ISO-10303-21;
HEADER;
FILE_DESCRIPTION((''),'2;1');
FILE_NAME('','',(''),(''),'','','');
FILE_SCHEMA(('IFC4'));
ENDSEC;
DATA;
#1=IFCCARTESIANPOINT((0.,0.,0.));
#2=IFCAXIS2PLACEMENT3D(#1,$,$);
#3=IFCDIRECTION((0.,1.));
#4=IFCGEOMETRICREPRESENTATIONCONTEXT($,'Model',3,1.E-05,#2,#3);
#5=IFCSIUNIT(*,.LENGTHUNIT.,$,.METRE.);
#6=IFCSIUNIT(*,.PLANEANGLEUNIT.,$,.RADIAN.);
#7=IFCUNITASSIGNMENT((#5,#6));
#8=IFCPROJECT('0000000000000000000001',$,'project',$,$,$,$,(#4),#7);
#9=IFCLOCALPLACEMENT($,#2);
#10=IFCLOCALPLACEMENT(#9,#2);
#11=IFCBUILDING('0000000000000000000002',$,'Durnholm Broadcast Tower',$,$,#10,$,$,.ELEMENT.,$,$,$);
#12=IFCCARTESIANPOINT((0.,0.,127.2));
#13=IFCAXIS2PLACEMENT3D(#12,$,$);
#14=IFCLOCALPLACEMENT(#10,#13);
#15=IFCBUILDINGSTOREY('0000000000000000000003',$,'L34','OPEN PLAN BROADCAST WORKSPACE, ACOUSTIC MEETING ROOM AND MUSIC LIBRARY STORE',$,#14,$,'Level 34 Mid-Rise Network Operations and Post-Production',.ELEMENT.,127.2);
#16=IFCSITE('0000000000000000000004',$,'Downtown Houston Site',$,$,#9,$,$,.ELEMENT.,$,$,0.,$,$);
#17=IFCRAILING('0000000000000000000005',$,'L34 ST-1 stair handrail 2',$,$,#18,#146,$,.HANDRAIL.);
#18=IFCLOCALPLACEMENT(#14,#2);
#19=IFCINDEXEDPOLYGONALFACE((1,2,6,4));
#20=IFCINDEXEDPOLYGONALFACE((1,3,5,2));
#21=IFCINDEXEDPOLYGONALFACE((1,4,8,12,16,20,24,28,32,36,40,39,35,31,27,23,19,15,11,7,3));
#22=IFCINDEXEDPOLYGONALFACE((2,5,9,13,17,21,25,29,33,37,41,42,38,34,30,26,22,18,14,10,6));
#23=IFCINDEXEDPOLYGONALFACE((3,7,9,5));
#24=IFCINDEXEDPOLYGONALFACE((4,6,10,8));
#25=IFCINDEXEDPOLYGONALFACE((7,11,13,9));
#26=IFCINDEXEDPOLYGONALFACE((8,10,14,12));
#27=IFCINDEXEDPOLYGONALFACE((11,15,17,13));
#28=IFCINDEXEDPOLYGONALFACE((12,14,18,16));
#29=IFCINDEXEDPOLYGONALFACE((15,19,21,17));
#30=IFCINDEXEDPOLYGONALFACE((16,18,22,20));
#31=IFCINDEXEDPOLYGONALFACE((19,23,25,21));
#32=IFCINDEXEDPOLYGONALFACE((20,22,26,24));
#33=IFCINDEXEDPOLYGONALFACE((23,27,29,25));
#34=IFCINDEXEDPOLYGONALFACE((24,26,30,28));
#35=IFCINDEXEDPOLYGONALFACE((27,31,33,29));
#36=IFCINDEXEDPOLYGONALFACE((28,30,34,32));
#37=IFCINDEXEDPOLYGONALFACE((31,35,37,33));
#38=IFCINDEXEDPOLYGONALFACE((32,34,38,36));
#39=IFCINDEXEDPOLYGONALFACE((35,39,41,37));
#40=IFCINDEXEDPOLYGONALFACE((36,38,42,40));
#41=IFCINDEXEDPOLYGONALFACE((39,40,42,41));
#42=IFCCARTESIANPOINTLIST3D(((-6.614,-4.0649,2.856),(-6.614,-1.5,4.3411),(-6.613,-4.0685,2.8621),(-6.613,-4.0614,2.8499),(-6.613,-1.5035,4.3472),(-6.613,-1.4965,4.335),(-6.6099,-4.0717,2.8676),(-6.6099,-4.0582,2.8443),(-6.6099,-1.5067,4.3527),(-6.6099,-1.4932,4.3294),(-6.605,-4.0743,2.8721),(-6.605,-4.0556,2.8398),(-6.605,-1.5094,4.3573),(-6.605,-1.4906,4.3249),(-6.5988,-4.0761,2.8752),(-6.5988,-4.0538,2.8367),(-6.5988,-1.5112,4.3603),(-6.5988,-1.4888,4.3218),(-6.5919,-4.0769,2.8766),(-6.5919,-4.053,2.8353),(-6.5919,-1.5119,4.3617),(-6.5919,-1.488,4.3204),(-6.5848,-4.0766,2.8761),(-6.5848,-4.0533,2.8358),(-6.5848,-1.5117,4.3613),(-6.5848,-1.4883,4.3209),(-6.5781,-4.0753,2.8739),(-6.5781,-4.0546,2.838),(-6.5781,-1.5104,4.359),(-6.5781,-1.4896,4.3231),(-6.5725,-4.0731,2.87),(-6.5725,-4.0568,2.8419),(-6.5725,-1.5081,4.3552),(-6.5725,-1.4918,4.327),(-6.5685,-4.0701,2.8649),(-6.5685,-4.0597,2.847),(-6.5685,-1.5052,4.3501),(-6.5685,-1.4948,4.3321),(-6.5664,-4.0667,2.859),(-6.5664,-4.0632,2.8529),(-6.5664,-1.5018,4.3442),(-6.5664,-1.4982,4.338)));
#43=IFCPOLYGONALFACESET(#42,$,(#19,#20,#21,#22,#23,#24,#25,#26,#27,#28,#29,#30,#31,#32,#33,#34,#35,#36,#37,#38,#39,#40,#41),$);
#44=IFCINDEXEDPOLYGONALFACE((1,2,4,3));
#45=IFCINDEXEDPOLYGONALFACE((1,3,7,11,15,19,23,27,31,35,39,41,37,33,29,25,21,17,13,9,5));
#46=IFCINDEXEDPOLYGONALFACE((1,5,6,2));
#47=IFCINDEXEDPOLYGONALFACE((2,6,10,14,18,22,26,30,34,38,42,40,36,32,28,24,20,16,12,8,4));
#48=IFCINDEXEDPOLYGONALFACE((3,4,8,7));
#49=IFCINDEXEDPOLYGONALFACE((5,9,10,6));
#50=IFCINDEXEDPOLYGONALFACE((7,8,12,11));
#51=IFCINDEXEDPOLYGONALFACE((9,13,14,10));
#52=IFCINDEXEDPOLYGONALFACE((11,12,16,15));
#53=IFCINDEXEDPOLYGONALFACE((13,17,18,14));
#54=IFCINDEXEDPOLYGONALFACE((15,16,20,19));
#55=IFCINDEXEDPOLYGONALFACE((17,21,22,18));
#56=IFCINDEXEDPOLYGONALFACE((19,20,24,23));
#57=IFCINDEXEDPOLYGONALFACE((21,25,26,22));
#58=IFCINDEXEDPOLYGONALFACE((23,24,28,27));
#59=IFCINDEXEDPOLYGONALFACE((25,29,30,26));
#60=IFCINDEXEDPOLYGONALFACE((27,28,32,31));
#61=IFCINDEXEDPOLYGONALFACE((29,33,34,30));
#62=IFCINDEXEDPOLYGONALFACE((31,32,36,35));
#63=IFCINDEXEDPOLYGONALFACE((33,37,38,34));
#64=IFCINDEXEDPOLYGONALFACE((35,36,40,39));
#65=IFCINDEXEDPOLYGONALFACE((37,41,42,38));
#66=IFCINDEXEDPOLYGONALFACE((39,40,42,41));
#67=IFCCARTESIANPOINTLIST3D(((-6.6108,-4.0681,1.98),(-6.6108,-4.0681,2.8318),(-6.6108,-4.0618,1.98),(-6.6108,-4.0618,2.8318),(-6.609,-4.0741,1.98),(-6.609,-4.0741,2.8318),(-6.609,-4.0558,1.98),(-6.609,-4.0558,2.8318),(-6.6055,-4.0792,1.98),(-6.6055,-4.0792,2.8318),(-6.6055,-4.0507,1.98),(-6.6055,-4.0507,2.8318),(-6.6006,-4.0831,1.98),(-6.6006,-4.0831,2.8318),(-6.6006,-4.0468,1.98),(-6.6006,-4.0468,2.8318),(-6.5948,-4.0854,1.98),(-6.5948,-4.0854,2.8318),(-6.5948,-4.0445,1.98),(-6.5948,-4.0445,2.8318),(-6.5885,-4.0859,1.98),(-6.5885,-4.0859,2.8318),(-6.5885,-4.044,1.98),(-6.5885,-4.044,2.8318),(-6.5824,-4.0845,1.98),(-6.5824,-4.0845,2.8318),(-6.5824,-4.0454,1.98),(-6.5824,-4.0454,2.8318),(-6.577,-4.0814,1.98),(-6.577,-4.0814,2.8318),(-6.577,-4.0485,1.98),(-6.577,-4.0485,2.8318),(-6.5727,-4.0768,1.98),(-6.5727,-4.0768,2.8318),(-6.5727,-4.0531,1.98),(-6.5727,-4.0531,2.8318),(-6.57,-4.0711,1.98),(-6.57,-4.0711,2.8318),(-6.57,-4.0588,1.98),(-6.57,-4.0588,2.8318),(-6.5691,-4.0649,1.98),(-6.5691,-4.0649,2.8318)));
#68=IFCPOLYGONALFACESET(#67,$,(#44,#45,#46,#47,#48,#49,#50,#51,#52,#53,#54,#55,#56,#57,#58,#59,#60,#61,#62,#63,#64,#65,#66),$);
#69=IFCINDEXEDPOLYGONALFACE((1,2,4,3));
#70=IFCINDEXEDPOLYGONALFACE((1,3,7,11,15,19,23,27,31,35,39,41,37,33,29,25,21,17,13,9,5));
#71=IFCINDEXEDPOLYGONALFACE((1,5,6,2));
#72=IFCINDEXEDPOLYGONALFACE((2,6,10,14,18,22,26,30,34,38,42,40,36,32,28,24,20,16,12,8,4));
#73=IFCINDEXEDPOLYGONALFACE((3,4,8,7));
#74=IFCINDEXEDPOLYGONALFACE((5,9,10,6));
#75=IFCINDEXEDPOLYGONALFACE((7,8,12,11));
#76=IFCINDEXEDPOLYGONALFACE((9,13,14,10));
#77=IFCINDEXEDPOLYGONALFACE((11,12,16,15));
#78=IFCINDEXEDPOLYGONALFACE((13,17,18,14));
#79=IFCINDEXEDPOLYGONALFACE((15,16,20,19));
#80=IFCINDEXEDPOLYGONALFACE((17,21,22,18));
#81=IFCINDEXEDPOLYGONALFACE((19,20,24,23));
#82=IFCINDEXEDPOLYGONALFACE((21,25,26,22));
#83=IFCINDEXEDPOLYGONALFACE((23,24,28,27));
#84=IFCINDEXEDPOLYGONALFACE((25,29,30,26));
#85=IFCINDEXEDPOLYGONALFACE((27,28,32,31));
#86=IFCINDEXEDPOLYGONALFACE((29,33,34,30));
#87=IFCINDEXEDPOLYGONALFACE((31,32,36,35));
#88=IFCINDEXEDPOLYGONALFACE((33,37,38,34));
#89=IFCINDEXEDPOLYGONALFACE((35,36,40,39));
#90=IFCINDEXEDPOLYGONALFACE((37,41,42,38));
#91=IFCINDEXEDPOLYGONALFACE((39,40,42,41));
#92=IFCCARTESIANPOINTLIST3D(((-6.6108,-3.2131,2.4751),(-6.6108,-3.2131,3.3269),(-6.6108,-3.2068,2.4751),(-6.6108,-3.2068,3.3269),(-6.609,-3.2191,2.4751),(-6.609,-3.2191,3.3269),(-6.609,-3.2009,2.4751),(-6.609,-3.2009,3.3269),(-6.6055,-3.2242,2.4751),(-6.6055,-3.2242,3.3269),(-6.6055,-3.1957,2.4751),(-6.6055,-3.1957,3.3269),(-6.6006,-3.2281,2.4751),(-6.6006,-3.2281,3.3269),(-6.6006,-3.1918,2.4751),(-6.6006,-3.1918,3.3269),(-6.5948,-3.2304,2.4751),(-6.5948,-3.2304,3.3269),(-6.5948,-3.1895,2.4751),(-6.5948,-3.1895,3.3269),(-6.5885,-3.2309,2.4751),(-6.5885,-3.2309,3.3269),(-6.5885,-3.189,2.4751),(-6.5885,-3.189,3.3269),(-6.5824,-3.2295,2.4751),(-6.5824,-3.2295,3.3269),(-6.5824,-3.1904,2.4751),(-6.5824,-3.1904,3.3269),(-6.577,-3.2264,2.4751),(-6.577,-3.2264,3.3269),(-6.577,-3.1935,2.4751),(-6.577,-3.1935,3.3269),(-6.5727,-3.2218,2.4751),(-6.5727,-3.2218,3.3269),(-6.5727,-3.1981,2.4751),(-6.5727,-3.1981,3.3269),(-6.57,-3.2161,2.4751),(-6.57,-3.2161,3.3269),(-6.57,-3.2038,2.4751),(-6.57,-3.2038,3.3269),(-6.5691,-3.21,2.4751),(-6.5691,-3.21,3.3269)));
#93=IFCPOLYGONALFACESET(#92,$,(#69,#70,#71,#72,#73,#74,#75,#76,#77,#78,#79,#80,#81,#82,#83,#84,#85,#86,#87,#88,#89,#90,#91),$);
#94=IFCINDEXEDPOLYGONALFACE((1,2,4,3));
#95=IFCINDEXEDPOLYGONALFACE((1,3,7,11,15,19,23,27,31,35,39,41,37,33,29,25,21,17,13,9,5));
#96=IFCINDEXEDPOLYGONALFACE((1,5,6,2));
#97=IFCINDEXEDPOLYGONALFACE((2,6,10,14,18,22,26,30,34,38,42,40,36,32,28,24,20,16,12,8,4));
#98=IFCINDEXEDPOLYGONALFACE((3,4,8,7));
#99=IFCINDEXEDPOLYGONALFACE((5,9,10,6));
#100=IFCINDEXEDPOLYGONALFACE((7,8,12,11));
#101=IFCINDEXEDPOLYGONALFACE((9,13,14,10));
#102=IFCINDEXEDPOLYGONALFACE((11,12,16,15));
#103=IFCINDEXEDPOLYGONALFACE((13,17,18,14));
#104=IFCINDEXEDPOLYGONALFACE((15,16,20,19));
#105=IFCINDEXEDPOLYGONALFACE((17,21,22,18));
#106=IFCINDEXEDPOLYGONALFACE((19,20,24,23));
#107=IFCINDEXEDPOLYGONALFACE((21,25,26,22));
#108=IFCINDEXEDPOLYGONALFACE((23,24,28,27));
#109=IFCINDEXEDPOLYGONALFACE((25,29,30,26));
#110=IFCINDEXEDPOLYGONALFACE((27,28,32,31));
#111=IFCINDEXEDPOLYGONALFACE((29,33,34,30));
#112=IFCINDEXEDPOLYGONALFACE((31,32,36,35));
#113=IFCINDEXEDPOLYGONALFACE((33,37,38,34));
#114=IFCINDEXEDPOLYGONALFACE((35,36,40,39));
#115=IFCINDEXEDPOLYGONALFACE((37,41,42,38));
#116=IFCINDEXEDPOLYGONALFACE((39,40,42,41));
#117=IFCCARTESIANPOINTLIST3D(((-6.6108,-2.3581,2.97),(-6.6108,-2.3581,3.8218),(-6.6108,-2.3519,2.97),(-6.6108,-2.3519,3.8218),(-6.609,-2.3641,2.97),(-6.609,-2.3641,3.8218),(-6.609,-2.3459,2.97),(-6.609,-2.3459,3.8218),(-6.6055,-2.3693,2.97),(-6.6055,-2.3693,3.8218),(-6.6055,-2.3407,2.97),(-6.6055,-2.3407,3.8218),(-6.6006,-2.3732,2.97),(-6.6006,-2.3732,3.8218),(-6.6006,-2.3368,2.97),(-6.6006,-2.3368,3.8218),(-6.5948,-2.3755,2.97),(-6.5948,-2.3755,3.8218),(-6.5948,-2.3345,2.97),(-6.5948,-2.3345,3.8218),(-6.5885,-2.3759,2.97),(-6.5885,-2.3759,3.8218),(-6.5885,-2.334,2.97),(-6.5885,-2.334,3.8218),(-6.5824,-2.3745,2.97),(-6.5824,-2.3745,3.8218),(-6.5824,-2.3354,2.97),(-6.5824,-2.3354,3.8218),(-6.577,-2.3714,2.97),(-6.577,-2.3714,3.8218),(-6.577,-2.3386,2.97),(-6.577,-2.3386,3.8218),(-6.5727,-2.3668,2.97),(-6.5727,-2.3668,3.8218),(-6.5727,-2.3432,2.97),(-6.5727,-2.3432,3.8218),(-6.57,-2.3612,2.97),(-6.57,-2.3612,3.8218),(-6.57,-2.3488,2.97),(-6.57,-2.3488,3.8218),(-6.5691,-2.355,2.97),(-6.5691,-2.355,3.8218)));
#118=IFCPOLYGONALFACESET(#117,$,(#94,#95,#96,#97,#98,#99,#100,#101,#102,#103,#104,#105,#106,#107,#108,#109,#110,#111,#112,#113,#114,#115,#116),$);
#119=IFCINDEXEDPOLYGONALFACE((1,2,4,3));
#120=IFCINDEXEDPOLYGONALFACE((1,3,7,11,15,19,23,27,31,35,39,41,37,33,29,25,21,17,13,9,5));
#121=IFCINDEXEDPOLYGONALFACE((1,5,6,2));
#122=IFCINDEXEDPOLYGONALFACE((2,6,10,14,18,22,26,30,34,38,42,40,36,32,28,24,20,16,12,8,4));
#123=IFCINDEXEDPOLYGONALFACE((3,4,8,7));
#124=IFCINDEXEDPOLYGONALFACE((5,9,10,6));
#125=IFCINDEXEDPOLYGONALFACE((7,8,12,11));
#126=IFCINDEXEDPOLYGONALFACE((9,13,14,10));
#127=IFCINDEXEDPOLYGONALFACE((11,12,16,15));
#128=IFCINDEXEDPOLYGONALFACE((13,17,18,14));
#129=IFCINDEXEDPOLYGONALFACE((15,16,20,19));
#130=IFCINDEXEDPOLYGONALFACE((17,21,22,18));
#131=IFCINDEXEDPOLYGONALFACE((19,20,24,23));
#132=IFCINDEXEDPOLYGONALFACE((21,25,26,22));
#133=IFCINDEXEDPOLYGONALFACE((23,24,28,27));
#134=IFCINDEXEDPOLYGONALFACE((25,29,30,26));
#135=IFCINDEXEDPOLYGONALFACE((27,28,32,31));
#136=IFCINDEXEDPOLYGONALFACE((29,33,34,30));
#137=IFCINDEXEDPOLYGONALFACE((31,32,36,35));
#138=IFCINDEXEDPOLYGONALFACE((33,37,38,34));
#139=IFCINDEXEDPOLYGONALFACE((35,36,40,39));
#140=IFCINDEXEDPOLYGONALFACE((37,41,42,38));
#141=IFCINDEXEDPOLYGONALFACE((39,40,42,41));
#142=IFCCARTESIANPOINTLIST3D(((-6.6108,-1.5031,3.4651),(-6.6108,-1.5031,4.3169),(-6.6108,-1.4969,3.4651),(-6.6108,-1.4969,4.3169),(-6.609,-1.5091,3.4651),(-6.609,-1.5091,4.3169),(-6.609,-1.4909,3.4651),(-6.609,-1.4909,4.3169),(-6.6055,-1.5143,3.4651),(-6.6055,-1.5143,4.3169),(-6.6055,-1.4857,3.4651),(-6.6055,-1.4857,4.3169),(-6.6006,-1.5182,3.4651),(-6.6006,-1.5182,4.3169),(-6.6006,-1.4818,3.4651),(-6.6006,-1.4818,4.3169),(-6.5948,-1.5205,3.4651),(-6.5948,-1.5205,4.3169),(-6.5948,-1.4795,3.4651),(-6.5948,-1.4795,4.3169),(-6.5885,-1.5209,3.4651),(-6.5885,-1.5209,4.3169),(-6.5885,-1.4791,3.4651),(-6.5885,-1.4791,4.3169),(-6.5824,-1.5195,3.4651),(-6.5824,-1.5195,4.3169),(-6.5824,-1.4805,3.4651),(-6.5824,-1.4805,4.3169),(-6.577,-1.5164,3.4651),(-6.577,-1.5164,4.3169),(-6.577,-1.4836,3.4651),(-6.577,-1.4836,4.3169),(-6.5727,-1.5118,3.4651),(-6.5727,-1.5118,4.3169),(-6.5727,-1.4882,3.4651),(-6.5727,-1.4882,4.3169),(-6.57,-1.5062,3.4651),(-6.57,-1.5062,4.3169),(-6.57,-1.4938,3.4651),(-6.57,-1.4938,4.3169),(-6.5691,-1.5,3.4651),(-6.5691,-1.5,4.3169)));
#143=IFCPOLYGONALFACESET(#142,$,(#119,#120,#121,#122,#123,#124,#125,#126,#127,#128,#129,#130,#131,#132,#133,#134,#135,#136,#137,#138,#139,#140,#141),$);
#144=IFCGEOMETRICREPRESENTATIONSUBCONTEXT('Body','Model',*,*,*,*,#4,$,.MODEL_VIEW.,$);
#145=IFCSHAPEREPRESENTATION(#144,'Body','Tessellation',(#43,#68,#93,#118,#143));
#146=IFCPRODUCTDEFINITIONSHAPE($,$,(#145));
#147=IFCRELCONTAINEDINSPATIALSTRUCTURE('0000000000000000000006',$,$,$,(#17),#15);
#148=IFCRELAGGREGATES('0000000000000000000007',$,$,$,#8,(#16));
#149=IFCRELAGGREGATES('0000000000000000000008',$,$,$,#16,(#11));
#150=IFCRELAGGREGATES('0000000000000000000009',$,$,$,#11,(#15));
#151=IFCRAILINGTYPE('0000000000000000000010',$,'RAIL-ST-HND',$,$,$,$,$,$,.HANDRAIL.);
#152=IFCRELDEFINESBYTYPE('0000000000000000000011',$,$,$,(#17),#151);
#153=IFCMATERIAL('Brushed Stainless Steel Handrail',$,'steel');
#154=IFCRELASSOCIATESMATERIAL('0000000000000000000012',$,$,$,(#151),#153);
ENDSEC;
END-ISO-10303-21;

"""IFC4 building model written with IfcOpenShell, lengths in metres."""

from ifc_helpers import new_model, si_unit, direction, frame, origin, origin_2d, place, context, subcontext, project, spatial, circle, extrude, material, type_object, element, save


model = new_model("IFC4")

# Units and contexts
model_context = context("Model", 3, precision=1e-05, world=origin(), true_north=direction((0.0, 1.0)))
body_context = subcontext(model_context, "Body", "Model", "MODEL_VIEW")
ifc_project = project(units=[si_unit("LENGTHUNIT", "METRE"), si_unit("PLANEANGLEUNIT", "RADIAN")], contexts=[model_context])

# Site, building, storey
site_placement = place(None, origin())
site = spatial("IfcSite", under=ifc_project, at=site_placement, Name="Downtown Houston Site", CompositionType="ELEMENT", RefElevation=0.0)
building_placement = place(site_placement, origin())
building = spatial("IfcBuilding", under=site, at=building_placement, Name="Durnholm Broadcast Tower", CompositionType="ELEMENT")
storey_placement = place(building_placement, frame((0.0, 0.0, 127.2)))
storey = spatial("IfcBuildingStorey", under=building, at=storey_placement, Name="L34", Description="OPEN PLAN BROADCAST WORKSPACE, ACOUSTIC MEETING ROOM AND MUSIC LIBRARY STORE", LongName="Level 34 Mid-Rise Network Operations and Post-Production", CompositionType="ELEMENT", Elevation=127.2)

# Railing
ifc_material_1 = material(Name="Brushed Stainless Steel Handrail", Category="steel")
railing_type_1 = type_object("IfcRailingType", Name="RAIL-ST-HND", PredefinedType="HANDRAIL", material=ifc_material_1)
railing_1_placement = place(storey_placement, frame((-6.5901, -4.0649, 1.98)))
element("IfcRailing", 1, at=railing_1_placement, inside=storey, type_object=railing_type_1, Name="L34 ST-1 stair handrail 2", PredefinedType="HANDRAIL", context=body_context, shape_type="SweptSolid", body=[
    extrude(circle(Radius=0.0239, at=origin_2d()), frame((0.0, 0.0, 0.876), z_axis=(0.0, 0.865406, 0.501072), x_axis=(-1.0, 0.0, 0.0)), (0.0, 0.0, 1.0), 2.9639),
    extrude(circle(Radius=0.021, at=origin_2d()), origin(), (0.0, 0.0, 1.0), 0.8518),
    extrude(circle(Radius=0.021, at=origin_2d()), frame((0.0, 0.855, 0.4951)), (0.0, 0.0, 1.0), 0.8518),
    extrude(circle(Radius=0.021, at=origin_2d()), frame((0.0, 1.71, 0.99)), (0.0, 0.0, 1.0), 0.8518),
    extrude(circle(Radius=0.021, at=origin_2d()), frame((0.0, 2.5649, 1.4851)), (0.0, 0.0, 1.0), 0.8518),
])

save(model, "model.ifc")
